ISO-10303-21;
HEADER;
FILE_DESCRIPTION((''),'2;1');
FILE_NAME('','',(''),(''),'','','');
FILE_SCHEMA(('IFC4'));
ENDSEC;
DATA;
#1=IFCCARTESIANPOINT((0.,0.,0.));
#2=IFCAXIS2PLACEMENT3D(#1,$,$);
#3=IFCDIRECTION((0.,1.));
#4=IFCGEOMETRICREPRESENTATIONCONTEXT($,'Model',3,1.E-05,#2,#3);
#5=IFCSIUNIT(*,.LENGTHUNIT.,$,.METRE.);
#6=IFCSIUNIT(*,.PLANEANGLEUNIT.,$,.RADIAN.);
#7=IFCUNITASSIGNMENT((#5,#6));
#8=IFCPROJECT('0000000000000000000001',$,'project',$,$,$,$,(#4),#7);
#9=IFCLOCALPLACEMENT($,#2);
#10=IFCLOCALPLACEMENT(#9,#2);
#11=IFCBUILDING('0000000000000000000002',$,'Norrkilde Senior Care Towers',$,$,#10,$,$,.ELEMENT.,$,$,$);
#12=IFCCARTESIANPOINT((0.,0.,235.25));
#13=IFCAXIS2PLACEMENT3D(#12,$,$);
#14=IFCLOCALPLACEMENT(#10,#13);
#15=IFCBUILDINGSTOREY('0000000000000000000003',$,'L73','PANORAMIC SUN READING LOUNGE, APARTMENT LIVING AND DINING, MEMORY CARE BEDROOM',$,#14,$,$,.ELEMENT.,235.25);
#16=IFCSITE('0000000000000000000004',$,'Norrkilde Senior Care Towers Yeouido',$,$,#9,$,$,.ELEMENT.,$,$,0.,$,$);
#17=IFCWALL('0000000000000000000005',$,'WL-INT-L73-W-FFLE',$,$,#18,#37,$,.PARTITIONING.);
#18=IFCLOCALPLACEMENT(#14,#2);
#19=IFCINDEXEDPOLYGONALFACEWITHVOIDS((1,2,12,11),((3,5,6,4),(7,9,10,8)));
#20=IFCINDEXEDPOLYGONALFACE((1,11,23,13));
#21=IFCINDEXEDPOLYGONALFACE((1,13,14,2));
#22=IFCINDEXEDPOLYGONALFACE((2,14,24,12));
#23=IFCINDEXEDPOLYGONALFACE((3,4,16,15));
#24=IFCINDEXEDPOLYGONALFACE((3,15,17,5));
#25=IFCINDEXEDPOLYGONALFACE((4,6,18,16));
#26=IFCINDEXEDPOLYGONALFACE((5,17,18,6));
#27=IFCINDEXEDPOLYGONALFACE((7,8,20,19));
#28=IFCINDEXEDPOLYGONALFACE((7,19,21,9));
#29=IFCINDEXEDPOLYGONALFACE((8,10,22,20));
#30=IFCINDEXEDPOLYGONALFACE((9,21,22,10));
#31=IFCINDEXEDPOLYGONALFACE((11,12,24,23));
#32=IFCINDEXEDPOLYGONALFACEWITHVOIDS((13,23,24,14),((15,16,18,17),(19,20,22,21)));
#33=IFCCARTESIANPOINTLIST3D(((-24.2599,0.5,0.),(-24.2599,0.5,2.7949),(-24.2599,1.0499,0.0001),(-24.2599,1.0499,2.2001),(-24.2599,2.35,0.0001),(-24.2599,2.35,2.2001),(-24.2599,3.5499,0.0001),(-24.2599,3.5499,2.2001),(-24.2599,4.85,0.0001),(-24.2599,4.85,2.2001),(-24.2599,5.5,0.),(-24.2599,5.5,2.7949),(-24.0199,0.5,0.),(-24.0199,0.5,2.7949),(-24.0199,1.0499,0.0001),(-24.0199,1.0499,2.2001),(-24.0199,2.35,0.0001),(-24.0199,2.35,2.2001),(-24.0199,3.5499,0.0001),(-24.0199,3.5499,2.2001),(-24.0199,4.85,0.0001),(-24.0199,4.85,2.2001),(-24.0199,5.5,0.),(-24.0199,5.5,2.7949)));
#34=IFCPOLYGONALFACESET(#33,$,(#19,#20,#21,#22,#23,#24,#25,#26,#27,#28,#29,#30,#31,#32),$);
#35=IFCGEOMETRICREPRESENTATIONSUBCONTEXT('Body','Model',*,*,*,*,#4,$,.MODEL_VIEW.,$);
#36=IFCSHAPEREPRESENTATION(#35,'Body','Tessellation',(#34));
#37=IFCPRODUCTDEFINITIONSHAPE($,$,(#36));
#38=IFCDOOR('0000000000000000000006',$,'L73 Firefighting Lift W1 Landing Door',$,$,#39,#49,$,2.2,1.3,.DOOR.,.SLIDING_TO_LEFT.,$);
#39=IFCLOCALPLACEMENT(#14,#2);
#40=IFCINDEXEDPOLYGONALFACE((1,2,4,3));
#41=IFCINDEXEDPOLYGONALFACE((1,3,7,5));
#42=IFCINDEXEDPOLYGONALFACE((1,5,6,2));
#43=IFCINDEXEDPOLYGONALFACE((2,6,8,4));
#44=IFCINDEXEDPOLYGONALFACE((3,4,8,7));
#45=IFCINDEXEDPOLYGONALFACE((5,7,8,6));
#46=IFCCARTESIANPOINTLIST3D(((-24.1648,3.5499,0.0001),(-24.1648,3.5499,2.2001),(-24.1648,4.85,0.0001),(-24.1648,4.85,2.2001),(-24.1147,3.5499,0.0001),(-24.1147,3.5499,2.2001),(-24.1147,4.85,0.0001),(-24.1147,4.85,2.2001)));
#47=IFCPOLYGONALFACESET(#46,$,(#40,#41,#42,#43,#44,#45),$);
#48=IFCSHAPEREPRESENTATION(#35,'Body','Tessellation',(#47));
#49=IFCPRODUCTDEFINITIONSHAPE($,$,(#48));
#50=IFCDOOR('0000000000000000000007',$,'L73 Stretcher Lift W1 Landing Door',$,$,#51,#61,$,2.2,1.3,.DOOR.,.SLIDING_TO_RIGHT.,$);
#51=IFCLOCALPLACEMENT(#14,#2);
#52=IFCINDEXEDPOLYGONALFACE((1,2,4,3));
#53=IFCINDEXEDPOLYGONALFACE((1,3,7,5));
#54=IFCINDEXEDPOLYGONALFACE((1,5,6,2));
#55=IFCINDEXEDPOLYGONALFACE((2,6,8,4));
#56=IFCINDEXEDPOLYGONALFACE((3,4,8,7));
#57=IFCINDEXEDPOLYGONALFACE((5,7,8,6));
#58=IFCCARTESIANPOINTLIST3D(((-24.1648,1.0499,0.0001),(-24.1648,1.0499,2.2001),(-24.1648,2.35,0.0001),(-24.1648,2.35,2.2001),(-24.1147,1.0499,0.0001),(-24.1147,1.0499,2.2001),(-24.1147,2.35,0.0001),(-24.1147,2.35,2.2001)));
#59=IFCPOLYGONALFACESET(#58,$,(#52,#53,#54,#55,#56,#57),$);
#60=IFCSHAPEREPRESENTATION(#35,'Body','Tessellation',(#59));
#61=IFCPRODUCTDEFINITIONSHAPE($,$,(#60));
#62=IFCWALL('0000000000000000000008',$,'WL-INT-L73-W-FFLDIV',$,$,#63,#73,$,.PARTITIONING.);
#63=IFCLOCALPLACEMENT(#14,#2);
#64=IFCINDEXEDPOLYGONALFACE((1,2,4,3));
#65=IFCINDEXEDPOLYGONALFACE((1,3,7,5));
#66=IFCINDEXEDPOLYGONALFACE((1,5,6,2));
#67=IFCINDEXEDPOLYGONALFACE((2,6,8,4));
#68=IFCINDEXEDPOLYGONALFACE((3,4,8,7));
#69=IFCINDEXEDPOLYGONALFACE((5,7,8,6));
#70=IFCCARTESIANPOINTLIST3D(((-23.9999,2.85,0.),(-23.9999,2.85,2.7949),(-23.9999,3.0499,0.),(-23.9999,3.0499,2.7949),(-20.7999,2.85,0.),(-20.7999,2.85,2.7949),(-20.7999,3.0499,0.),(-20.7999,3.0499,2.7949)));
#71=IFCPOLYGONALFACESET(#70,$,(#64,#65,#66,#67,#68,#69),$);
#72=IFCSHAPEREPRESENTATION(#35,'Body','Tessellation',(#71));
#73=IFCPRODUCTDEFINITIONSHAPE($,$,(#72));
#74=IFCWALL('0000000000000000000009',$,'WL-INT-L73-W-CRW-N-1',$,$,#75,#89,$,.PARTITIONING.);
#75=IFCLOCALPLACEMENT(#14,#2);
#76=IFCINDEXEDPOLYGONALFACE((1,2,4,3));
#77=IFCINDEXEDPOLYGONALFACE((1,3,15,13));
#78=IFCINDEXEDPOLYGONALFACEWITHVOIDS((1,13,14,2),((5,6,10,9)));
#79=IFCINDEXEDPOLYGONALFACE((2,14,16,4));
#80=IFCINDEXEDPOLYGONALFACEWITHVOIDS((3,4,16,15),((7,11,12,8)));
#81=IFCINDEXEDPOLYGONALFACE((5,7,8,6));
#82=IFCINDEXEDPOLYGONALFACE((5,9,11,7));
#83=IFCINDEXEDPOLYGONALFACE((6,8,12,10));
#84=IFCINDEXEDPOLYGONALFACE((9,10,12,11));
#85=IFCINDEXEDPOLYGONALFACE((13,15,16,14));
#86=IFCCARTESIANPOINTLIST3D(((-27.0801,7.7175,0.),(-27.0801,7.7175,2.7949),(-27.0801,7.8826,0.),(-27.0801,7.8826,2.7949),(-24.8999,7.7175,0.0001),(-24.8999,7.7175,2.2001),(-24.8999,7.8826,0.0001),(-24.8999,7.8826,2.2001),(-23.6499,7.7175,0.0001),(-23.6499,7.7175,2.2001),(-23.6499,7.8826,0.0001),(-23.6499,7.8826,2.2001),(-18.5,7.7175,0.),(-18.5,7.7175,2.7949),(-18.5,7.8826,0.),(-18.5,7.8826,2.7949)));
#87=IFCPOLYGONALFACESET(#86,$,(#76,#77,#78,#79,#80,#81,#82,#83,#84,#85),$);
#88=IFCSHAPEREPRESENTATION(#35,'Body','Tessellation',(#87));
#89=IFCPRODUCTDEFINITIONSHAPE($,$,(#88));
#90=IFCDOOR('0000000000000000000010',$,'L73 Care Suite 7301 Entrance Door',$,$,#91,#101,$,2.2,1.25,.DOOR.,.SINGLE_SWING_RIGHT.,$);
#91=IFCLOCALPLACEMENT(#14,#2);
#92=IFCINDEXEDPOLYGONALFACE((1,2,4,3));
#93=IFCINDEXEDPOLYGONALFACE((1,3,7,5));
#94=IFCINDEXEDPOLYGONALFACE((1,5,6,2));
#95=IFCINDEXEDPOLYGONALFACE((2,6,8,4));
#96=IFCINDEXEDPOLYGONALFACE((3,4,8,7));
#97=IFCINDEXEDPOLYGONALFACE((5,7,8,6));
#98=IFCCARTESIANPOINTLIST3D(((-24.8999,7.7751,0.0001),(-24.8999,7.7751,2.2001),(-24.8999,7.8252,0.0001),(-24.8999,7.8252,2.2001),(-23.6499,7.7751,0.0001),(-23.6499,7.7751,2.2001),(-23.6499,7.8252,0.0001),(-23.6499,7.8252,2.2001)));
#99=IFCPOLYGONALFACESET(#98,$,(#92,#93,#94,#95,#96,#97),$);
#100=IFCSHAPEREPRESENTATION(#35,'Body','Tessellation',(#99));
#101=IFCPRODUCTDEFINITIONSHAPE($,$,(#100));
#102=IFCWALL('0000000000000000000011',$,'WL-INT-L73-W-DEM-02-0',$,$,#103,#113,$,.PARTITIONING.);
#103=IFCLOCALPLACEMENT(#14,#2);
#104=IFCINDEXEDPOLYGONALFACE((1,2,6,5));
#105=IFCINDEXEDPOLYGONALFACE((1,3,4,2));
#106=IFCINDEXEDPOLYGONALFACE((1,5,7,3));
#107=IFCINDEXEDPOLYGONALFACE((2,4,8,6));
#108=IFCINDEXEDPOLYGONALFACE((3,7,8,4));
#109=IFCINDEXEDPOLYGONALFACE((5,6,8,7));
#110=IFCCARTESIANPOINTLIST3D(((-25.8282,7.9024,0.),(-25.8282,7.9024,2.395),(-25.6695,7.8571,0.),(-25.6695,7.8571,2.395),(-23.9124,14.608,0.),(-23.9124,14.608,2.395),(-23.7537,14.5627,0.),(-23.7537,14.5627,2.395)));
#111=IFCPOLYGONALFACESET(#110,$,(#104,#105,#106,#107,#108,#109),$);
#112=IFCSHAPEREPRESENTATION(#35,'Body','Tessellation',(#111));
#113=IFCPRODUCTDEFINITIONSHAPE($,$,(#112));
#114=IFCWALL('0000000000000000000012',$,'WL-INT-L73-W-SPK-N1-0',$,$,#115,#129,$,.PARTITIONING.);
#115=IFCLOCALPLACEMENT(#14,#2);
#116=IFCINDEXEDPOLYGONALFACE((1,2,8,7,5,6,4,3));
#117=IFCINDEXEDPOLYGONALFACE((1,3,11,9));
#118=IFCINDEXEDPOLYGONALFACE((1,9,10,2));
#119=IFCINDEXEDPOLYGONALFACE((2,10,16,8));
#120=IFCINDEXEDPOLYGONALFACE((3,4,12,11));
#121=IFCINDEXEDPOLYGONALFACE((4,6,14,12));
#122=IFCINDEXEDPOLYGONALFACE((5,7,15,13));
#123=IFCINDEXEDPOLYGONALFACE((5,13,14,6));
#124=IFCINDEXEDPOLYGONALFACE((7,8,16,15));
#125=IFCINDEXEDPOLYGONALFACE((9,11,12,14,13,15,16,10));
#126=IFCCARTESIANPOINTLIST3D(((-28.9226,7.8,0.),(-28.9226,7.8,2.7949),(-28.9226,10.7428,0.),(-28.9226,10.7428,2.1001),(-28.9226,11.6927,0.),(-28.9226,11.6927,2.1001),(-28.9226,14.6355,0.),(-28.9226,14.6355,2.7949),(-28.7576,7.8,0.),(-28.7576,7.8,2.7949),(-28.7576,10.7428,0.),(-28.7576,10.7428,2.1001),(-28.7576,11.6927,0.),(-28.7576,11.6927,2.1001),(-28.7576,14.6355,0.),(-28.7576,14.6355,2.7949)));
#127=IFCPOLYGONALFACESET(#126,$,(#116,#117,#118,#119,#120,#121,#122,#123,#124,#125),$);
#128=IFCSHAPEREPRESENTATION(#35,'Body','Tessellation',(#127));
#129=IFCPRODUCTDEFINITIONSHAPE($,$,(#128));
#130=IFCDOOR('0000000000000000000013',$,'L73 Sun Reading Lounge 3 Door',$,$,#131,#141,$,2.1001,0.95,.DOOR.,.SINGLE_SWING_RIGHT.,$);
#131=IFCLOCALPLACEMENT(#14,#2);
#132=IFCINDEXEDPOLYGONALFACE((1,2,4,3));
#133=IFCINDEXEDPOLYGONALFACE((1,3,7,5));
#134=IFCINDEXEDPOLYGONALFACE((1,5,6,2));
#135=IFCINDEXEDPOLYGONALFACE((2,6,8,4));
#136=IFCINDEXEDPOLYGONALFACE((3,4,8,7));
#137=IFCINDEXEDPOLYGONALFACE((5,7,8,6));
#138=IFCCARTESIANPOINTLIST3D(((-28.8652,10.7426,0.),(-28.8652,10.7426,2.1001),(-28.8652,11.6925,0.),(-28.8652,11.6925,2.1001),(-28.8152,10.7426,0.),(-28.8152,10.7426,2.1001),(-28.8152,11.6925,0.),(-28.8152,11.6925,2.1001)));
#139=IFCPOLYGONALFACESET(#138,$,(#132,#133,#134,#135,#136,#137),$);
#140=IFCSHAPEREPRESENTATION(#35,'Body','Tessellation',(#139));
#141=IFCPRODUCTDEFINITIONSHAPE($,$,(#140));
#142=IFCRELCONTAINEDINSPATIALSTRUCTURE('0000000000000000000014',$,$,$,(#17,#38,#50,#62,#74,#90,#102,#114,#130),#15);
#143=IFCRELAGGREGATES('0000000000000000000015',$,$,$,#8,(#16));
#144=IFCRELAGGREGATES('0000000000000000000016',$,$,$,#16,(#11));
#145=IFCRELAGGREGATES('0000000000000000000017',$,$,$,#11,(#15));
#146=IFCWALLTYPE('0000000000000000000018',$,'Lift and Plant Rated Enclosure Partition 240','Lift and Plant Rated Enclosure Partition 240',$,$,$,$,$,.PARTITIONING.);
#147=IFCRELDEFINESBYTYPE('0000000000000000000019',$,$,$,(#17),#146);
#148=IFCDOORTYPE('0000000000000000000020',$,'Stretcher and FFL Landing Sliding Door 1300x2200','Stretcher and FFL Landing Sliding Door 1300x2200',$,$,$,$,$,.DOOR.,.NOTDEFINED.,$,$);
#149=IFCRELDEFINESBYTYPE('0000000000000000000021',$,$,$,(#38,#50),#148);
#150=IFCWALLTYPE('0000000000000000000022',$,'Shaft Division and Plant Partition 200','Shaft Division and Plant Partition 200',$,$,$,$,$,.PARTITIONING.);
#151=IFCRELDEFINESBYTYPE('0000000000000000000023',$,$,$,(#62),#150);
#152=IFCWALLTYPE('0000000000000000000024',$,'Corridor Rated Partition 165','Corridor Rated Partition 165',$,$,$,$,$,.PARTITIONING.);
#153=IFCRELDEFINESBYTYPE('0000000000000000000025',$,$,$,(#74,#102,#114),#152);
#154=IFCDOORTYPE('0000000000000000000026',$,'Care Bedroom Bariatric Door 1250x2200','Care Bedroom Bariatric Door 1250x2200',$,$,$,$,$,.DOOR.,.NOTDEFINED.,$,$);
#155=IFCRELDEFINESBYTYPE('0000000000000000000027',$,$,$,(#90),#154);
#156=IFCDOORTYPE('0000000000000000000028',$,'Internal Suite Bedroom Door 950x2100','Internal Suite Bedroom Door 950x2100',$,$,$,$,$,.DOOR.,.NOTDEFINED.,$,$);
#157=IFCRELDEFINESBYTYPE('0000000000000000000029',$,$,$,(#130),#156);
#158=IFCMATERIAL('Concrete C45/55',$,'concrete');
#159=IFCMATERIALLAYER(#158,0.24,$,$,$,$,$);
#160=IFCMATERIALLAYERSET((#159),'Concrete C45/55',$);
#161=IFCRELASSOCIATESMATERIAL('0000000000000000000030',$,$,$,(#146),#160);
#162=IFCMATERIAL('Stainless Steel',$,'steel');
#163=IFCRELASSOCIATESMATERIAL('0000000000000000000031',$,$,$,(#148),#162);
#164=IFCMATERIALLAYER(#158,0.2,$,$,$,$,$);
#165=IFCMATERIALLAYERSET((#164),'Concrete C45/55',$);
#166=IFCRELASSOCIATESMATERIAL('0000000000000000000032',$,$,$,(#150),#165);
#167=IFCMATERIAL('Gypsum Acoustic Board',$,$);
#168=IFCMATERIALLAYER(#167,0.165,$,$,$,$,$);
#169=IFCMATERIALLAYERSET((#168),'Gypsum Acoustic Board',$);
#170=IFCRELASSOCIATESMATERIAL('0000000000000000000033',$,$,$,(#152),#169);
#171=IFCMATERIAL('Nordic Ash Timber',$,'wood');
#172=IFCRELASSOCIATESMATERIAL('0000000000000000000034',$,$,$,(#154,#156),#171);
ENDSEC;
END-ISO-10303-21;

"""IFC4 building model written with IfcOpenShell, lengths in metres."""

from ifc_helpers import new_model, si_unit, direction, frame, frame_2d, origin, place, context, subcontext, project, spatial, rectangle, extrude, source, transform, mapped, material, layer, layer_set, type_object, type_shapes, element, fill, save


model = new_model("IFC4")

# Units and contexts
model_context = context("Model", 3, precision=1e-05, world=origin(), true_north=direction((0.0, 1.0)))
body_context = subcontext(model_context, "Body", "Model", "MODEL_VIEW")
ifc_project = project(units=[si_unit("LENGTHUNIT", "METRE"), si_unit("PLANEANGLEUNIT", "RADIAN")], contexts=[model_context])

# Site, building, storey
site_placement = place(None, origin())
site = spatial("IfcSite", under=ifc_project, at=site_placement, Name="Norrkilde Senior Care Towers Yeouido", CompositionType="ELEMENT", RefElevation=0.0)
building_placement = place(site_placement, origin())
building = spatial("IfcBuilding", under=site, at=building_placement, Name="Norrkilde Senior Care Towers", CompositionType="ELEMENT")
storey_placement = place(building_placement, frame((0.0, 0.0, 235.25)))
storey = spatial("IfcBuildingStorey", under=building, at=storey_placement, Name="L73", Description="PANORAMIC SUN READING LOUNGE, APARTMENT LIVING AND DINING, MEMORY CARE BEDROOM", CompositionType="ELEMENT", Elevation=235.25)

# Wall, openings, doors
ifc_material_1 = material(Name="Concrete C45/55", Category="concrete")
ifc_layer_1 = layer(ifc_material_1, 0.24)
ifc_layer_set_1 = layer_set([ifc_layer_1], Name="Concrete C45/55")
wall_type_1 = type_object("IfcWallType", Name="Lift and Plant Rated Enclosure Partition 240", Description="Lift and Plant Rated Enclosure Partition 240", PredefinedType="PARTITIONING", material=ifc_layer_set_1)
shared_shape_1 = source(origin(), body_context, "Body", "SweptSolid", [
    extrude(rectangle(XDim=5.0, YDim=0.24, at=frame_2d((2.5, 0.0))), origin(), (0.0, 0.0, 1.0), 2.7949),
])
type_shapes(wall_type_1, [shared_shape_1])
wall_1_placement = place(storey_placement, frame((-24.1399, 0.5, 0.0), z_axis=(0.0, 0.0, 1.0), x_axis=(0.0, 1.0, 0.0)))
wall_1 = element("IfcWall", 1, at=wall_1_placement, inside=storey, type_object=wall_type_1, Name="WL-INT-L73-W-FFLE", PredefinedType="PARTITIONING", context=body_context, shape_type="MappedRepresentation", body=[
    mapped(shared_shape_1, transform((0.0, 0.0, 0.0), x_axis=(1.0, 0.0, 0.0), y_axis=(0.0, 1.0, 0.0), z_axis=(0.0, 0.0, 1.0), scale=1.0)),
])
opening_1_placement = place(wall_1_placement, frame((3.05, 0.0, 0.0)))
opening_1 = element("IfcOpeningElement", 2, at=opening_1_placement, cuts=wall_1, PredefinedType="OPENING", context=body_context, shape_type="SweptSolid", body=[
    extrude(rectangle(XDim=1.3, YDim=2.2, at=frame_2d((0.6499, 1.1001))), frame((0.0, 0.1299, 0.0), z_axis=(0.0, -1.0, 0.0), x_axis=(1.0, 0.0, 0.0)), (0.0, 0.0, 1.0), 0.26),
])
opening_2_placement = place(wall_1_placement, frame((0.55, 0.0, 0.0)))
opening_2 = element("IfcOpeningElement", 3, at=opening_2_placement, cuts=wall_1, PredefinedType="OPENING", context=body_context, shape_type="SweptSolid", body=[
    extrude(rectangle(XDim=1.3, YDim=2.2, at=frame_2d((0.6499, 1.1001))), frame((0.0, 0.1299, 0.0), z_axis=(0.0, -1.0, 0.0), x_axis=(1.0, 0.0, 0.0)), (0.0, 0.0, 1.0), 0.26),
])
ifc_material_2 = material(Name="Stainless Steel", Category="steel")
door_type_1 = type_object("IfcDoorType", Name="Stretcher and FFL Landing Sliding Door 1300x2200", Description="Stretcher and FFL Landing Sliding Door 1300x2200", OperationType="NOTDEFINED", PredefinedType="DOOR", material=ifc_material_2)
shared_shape_2 = source(origin(), body_context, "Body", "SweptSolid", [
    extrude(rectangle(XDim=1.3, YDim=2.2, at=frame_2d((0.6499, 1.1001))), frame((0.0, 0.0249, 0.0), z_axis=(0.0, -1.0, 0.0), x_axis=(1.0, 0.0, 0.0)), (0.0, 0.0, 1.0), 0.05),
])
type_shapes(door_type_1, [shared_shape_2])
door_1_placement = place(opening_1_placement, origin())
door_1 = element("IfcDoor", 4, at=door_1_placement, inside=storey, type_object=door_type_1, Name="L73 Firefighting Lift W1 Landing Door", OperationType="SLIDING_TO_LEFT", OverallHeight=2.2, OverallWidth=1.3, PredefinedType="DOOR", context=body_context, shape_type="MappedRepresentation", body=[
    mapped(shared_shape_2, transform((0.0, 0.0, 0.0), x_axis=(1.0, 0.0, 0.0), y_axis=(0.0, 1.0, 0.0), z_axis=(0.0, 0.0, 1.0), scale=1.0)),
])
fill(opening_1, door_1)
door_2_placement = place(opening_2_placement, origin())
door_2 = element("IfcDoor", 5, at=door_2_placement, inside=storey, type_object=door_type_1, Name="L73 Stretcher Lift W1 Landing Door", OperationType="SLIDING_TO_RIGHT", OverallHeight=2.2, OverallWidth=1.3, PredefinedType="DOOR", context=body_context, shape_type="MappedRepresentation", body=[
    mapped(shared_shape_2, transform((0.0, 0.0, 0.0), x_axis=(1.0, 0.0, 0.0), y_axis=(0.0, 1.0, 0.0), z_axis=(0.0, 0.0, 1.0), scale=1.0)),
])
fill(opening_2, door_2)

# Wall
ifc_layer_2 = layer(ifc_material_1, 0.2)
ifc_layer_set_2 = layer_set([ifc_layer_2], Name="Concrete C45/55")
wall_type_2 = type_object("IfcWallType", Name="Shaft Division and Plant Partition 200", Description="Shaft Division and Plant Partition 200", PredefinedType="PARTITIONING", material=ifc_layer_set_2)
shared_shape_3 = source(origin(), body_context, "Body", "SweptSolid", [
    extrude(rectangle(XDim=3.2, YDim=0.2, at=frame_2d((1.6001, 0.0))), origin(), (0.0, 0.0, 1.0), 2.7949),
])
type_shapes(wall_type_2, [shared_shape_3])
wall_2_placement = place(storey_placement, frame((-24.0, 2.95, 0.0), z_axis=(0.0, 0.0, 1.0), x_axis=(1.0, 0.0, 0.0)))
element("IfcWall", 6, at=wall_2_placement, inside=storey, type_object=wall_type_2, Name="WL-INT-L73-W-FFLDIV", PredefinedType="PARTITIONING", context=body_context, shape_type="MappedRepresentation", body=[
    mapped(shared_shape_3, transform((0.0, 0.0, 0.0), x_axis=(1.0, 0.0, 0.0), y_axis=(0.0, 1.0, 0.0), z_axis=(0.0, 0.0, 1.0), scale=1.0)),
])

# Wall, opening, door
ifc_material_3 = material(Name="Gypsum Acoustic Board")
ifc_layer_3 = layer(ifc_material_3, 0.165)
ifc_layer_set_3 = layer_set([ifc_layer_3], Name="Gypsum Acoustic Board")
wall_type_3 = type_object("IfcWallType", Name="Corridor Rated Partition 165", Description="Corridor Rated Partition 165", PredefinedType="PARTITIONING", material=ifc_layer_set_3)
shared_shape_4 = source(origin(), body_context, "Body", "SweptSolid", [
    extrude(rectangle(XDim=8.5801, YDim=0.165, at=frame_2d((4.29, 0.0))), origin(), (0.0, 0.0, 1.0), 2.7949),
])
wall_3_placement = place(storey_placement, frame((-27.0801, 7.8, 0.0), z_axis=(0.0, 0.0, 1.0), x_axis=(1.0, 0.0, 0.0)))
wall_3 = element("IfcWall", 7, at=wall_3_placement, inside=storey, type_object=wall_type_3, Name="WL-INT-L73-W-CRW-N-1", PredefinedType="PARTITIONING", context=body_context, shape_type="MappedRepresentation", body=[
    mapped(shared_shape_4, transform((0.0, 0.0, 0.0), x_axis=(1.0, 0.0, 0.0), y_axis=(0.0, 1.0, 0.0), z_axis=(0.0, 0.0, 1.0), scale=1.0)),
])
opening_3_placement = place(wall_3_placement, frame((2.1802, 0.0, 0.0)))
opening_3 = element("IfcOpeningElement", 8, at=opening_3_placement, cuts=wall_3, PredefinedType="OPENING", context=body_context, shape_type="SweptSolid", body=[
    extrude(rectangle(XDim=1.25, YDim=2.2, at=frame_2d((0.625, 1.1001))), frame((0.0, 0.0925, 0.0), z_axis=(0.0, -1.0, 0.0), x_axis=(1.0, 0.0, 0.0)), (0.0, 0.0, 1.0), 0.1851),
])
ifc_material_4 = material(Name="Nordic Ash Timber", Category="wood")
door_type_2 = type_object("IfcDoorType", Name="Care Bedroom Bariatric Door 1250x2200", Description="Care Bedroom Bariatric Door 1250x2200", OperationType="NOTDEFINED", PredefinedType="DOOR", material=ifc_material_4)
shared_shape_5 = source(origin(), body_context, "Body", "SweptSolid", [
    extrude(rectangle(XDim=1.25, YDim=2.2, at=frame_2d((0.625, 1.1001))), frame((0.0, 0.0249, 0.0), z_axis=(0.0, -1.0, 0.0), x_axis=(1.0, 0.0, 0.0)), (0.0, 0.0, 1.0), 0.05),
])
type_shapes(door_type_2, [shared_shape_5])
door_3_placement = place(opening_3_placement, frame((1.25, 0.0, 0.0), z_axis=(0.0, 0.0, 1.0), x_axis=(-1.0, 0.0, 0.0)))
door_3 = element("IfcDoor", 9, at=door_3_placement, inside=storey, type_object=door_type_2, Name="L73 Care Suite 7301 Entrance Door", OperationType="SINGLE_SWING_RIGHT", OverallHeight=2.2, OverallWidth=1.25, PredefinedType="DOOR", context=body_context, shape_type="MappedRepresentation", body=[
    mapped(shared_shape_5, transform((0.0, 0.0, 0.0), x_axis=(1.0, 0.0, 0.0), y_axis=(0.0, 1.0, 0.0), z_axis=(0.0, 0.0, 1.0), scale=1.0)),
])
fill(opening_3, door_3)

# Wall
shared_shape_6 = source(origin(), body_context, "Body", "SweptSolid", [
    extrude(rectangle(XDim=6.9739, YDim=0.165, at=frame_2d((3.4868, 0.0))), origin(), (0.0, 0.0, 1.0), 2.395),
])
wall_4_placement = place(storey_placement, frame((-25.7488, 7.8799, 0.0), z_axis=(0.0, 0.0, 1.0), x_axis=(0.274707, 0.961528, 0.0)))
element("IfcWall", 10, at=wall_4_placement, inside=storey, type_object=wall_type_3, Name="WL-INT-L73-W-DEM-02-0", PredefinedType="PARTITIONING", context=body_context, shape_type="MappedRepresentation", body=[
    mapped(shared_shape_6, transform((0.0, 0.0, 0.0), x_axis=(1.0, 0.0, 0.0), y_axis=(0.0, 1.0, 0.0), z_axis=(0.0, 0.0, 1.0), scale=1.0)),
])

# Wall, opening, door
shared_shape_7 = source(origin(), body_context, "Body", "SweptSolid", [
    extrude(rectangle(XDim=6.8354, YDim=0.165, at=frame_2d((3.4177, 0.0))), origin(), (0.0, 0.0, 1.0), 2.7949),
])
type_shapes(wall_type_3, [shared_shape_4, shared_shape_6, shared_shape_7])
wall_5_placement = place(storey_placement, frame((-28.8401, 7.8, 0.0), z_axis=(0.0, 0.0, 1.0), x_axis=(0.0, 1.0, 0.0)))
wall_5 = element("IfcWall", 11, at=wall_5_placement, inside=storey, type_object=wall_type_3, Name="WL-INT-L73-W-SPK-N1-0", PredefinedType="PARTITIONING", context=body_context, shape_type="MappedRepresentation", body=[
    mapped(shared_shape_7, transform((0.0, 0.0, 0.0), x_axis=(1.0, 0.0, 0.0), y_axis=(0.0, 1.0, 0.0), z_axis=(0.0, 0.0, 1.0), scale=1.0)),
])
opening_4_placement = place(wall_5_placement, frame((2.9426, 0.0, 0.0)))
opening_4 = element("IfcOpeningElement", 12, at=opening_4_placement, cuts=wall_5, PredefinedType="OPENING", context=body_context, shape_type="SweptSolid", body=[
    extrude(rectangle(XDim=0.95, YDim=2.1001, at=frame_2d((0.4751, 1.05))), frame((0.0, 0.0925, 0.0), z_axis=(0.0, -1.0, 0.0), x_axis=(1.0, 0.0, 0.0)), (0.0, 0.0, 1.0), 0.1851),
])
door_type_3 = type_object("IfcDoorType", Name="Internal Suite Bedroom Door 950x2100", Description="Internal Suite Bedroom Door 950x2100", OperationType="NOTDEFINED", PredefinedType="DOOR", material=ifc_material_4)
shared_shape_8 = source(origin(), body_context, "Body", "SweptSolid", [
    extrude(rectangle(XDim=0.95, YDim=2.1001, at=frame_2d((0.4751, 1.05))), frame((0.0, 0.0249, 0.0), z_axis=(0.0, -1.0, 0.0), x_axis=(1.0, 0.0, 0.0)), (0.0, 0.0, 1.0), 0.05),
])
type_shapes(door_type_3, [shared_shape_8])
door_4_placement = place(opening_4_placement, frame((0.95, 0.0, 0.0), z_axis=(0.0, 0.0, 1.0), x_axis=(-1.0, 0.0, 0.0)))
door_4 = element("IfcDoor", 13, at=door_4_placement, inside=storey, type_object=door_type_3, Name="L73 Sun Reading Lounge 3 Door", OperationType="SINGLE_SWING_RIGHT", OverallHeight=2.1001, OverallWidth=0.95, PredefinedType="DOOR", context=body_context, shape_type="MappedRepresentation", body=[
    mapped(shared_shape_8, transform((0.0, 0.0, 0.0), x_axis=(1.0, 0.0, 0.0), y_axis=(0.0, 1.0, 0.0), z_axis=(0.0, 0.0, 1.0), scale=1.0)),
])
fill(opening_4, door_4)

save(model, "model.ifc")
